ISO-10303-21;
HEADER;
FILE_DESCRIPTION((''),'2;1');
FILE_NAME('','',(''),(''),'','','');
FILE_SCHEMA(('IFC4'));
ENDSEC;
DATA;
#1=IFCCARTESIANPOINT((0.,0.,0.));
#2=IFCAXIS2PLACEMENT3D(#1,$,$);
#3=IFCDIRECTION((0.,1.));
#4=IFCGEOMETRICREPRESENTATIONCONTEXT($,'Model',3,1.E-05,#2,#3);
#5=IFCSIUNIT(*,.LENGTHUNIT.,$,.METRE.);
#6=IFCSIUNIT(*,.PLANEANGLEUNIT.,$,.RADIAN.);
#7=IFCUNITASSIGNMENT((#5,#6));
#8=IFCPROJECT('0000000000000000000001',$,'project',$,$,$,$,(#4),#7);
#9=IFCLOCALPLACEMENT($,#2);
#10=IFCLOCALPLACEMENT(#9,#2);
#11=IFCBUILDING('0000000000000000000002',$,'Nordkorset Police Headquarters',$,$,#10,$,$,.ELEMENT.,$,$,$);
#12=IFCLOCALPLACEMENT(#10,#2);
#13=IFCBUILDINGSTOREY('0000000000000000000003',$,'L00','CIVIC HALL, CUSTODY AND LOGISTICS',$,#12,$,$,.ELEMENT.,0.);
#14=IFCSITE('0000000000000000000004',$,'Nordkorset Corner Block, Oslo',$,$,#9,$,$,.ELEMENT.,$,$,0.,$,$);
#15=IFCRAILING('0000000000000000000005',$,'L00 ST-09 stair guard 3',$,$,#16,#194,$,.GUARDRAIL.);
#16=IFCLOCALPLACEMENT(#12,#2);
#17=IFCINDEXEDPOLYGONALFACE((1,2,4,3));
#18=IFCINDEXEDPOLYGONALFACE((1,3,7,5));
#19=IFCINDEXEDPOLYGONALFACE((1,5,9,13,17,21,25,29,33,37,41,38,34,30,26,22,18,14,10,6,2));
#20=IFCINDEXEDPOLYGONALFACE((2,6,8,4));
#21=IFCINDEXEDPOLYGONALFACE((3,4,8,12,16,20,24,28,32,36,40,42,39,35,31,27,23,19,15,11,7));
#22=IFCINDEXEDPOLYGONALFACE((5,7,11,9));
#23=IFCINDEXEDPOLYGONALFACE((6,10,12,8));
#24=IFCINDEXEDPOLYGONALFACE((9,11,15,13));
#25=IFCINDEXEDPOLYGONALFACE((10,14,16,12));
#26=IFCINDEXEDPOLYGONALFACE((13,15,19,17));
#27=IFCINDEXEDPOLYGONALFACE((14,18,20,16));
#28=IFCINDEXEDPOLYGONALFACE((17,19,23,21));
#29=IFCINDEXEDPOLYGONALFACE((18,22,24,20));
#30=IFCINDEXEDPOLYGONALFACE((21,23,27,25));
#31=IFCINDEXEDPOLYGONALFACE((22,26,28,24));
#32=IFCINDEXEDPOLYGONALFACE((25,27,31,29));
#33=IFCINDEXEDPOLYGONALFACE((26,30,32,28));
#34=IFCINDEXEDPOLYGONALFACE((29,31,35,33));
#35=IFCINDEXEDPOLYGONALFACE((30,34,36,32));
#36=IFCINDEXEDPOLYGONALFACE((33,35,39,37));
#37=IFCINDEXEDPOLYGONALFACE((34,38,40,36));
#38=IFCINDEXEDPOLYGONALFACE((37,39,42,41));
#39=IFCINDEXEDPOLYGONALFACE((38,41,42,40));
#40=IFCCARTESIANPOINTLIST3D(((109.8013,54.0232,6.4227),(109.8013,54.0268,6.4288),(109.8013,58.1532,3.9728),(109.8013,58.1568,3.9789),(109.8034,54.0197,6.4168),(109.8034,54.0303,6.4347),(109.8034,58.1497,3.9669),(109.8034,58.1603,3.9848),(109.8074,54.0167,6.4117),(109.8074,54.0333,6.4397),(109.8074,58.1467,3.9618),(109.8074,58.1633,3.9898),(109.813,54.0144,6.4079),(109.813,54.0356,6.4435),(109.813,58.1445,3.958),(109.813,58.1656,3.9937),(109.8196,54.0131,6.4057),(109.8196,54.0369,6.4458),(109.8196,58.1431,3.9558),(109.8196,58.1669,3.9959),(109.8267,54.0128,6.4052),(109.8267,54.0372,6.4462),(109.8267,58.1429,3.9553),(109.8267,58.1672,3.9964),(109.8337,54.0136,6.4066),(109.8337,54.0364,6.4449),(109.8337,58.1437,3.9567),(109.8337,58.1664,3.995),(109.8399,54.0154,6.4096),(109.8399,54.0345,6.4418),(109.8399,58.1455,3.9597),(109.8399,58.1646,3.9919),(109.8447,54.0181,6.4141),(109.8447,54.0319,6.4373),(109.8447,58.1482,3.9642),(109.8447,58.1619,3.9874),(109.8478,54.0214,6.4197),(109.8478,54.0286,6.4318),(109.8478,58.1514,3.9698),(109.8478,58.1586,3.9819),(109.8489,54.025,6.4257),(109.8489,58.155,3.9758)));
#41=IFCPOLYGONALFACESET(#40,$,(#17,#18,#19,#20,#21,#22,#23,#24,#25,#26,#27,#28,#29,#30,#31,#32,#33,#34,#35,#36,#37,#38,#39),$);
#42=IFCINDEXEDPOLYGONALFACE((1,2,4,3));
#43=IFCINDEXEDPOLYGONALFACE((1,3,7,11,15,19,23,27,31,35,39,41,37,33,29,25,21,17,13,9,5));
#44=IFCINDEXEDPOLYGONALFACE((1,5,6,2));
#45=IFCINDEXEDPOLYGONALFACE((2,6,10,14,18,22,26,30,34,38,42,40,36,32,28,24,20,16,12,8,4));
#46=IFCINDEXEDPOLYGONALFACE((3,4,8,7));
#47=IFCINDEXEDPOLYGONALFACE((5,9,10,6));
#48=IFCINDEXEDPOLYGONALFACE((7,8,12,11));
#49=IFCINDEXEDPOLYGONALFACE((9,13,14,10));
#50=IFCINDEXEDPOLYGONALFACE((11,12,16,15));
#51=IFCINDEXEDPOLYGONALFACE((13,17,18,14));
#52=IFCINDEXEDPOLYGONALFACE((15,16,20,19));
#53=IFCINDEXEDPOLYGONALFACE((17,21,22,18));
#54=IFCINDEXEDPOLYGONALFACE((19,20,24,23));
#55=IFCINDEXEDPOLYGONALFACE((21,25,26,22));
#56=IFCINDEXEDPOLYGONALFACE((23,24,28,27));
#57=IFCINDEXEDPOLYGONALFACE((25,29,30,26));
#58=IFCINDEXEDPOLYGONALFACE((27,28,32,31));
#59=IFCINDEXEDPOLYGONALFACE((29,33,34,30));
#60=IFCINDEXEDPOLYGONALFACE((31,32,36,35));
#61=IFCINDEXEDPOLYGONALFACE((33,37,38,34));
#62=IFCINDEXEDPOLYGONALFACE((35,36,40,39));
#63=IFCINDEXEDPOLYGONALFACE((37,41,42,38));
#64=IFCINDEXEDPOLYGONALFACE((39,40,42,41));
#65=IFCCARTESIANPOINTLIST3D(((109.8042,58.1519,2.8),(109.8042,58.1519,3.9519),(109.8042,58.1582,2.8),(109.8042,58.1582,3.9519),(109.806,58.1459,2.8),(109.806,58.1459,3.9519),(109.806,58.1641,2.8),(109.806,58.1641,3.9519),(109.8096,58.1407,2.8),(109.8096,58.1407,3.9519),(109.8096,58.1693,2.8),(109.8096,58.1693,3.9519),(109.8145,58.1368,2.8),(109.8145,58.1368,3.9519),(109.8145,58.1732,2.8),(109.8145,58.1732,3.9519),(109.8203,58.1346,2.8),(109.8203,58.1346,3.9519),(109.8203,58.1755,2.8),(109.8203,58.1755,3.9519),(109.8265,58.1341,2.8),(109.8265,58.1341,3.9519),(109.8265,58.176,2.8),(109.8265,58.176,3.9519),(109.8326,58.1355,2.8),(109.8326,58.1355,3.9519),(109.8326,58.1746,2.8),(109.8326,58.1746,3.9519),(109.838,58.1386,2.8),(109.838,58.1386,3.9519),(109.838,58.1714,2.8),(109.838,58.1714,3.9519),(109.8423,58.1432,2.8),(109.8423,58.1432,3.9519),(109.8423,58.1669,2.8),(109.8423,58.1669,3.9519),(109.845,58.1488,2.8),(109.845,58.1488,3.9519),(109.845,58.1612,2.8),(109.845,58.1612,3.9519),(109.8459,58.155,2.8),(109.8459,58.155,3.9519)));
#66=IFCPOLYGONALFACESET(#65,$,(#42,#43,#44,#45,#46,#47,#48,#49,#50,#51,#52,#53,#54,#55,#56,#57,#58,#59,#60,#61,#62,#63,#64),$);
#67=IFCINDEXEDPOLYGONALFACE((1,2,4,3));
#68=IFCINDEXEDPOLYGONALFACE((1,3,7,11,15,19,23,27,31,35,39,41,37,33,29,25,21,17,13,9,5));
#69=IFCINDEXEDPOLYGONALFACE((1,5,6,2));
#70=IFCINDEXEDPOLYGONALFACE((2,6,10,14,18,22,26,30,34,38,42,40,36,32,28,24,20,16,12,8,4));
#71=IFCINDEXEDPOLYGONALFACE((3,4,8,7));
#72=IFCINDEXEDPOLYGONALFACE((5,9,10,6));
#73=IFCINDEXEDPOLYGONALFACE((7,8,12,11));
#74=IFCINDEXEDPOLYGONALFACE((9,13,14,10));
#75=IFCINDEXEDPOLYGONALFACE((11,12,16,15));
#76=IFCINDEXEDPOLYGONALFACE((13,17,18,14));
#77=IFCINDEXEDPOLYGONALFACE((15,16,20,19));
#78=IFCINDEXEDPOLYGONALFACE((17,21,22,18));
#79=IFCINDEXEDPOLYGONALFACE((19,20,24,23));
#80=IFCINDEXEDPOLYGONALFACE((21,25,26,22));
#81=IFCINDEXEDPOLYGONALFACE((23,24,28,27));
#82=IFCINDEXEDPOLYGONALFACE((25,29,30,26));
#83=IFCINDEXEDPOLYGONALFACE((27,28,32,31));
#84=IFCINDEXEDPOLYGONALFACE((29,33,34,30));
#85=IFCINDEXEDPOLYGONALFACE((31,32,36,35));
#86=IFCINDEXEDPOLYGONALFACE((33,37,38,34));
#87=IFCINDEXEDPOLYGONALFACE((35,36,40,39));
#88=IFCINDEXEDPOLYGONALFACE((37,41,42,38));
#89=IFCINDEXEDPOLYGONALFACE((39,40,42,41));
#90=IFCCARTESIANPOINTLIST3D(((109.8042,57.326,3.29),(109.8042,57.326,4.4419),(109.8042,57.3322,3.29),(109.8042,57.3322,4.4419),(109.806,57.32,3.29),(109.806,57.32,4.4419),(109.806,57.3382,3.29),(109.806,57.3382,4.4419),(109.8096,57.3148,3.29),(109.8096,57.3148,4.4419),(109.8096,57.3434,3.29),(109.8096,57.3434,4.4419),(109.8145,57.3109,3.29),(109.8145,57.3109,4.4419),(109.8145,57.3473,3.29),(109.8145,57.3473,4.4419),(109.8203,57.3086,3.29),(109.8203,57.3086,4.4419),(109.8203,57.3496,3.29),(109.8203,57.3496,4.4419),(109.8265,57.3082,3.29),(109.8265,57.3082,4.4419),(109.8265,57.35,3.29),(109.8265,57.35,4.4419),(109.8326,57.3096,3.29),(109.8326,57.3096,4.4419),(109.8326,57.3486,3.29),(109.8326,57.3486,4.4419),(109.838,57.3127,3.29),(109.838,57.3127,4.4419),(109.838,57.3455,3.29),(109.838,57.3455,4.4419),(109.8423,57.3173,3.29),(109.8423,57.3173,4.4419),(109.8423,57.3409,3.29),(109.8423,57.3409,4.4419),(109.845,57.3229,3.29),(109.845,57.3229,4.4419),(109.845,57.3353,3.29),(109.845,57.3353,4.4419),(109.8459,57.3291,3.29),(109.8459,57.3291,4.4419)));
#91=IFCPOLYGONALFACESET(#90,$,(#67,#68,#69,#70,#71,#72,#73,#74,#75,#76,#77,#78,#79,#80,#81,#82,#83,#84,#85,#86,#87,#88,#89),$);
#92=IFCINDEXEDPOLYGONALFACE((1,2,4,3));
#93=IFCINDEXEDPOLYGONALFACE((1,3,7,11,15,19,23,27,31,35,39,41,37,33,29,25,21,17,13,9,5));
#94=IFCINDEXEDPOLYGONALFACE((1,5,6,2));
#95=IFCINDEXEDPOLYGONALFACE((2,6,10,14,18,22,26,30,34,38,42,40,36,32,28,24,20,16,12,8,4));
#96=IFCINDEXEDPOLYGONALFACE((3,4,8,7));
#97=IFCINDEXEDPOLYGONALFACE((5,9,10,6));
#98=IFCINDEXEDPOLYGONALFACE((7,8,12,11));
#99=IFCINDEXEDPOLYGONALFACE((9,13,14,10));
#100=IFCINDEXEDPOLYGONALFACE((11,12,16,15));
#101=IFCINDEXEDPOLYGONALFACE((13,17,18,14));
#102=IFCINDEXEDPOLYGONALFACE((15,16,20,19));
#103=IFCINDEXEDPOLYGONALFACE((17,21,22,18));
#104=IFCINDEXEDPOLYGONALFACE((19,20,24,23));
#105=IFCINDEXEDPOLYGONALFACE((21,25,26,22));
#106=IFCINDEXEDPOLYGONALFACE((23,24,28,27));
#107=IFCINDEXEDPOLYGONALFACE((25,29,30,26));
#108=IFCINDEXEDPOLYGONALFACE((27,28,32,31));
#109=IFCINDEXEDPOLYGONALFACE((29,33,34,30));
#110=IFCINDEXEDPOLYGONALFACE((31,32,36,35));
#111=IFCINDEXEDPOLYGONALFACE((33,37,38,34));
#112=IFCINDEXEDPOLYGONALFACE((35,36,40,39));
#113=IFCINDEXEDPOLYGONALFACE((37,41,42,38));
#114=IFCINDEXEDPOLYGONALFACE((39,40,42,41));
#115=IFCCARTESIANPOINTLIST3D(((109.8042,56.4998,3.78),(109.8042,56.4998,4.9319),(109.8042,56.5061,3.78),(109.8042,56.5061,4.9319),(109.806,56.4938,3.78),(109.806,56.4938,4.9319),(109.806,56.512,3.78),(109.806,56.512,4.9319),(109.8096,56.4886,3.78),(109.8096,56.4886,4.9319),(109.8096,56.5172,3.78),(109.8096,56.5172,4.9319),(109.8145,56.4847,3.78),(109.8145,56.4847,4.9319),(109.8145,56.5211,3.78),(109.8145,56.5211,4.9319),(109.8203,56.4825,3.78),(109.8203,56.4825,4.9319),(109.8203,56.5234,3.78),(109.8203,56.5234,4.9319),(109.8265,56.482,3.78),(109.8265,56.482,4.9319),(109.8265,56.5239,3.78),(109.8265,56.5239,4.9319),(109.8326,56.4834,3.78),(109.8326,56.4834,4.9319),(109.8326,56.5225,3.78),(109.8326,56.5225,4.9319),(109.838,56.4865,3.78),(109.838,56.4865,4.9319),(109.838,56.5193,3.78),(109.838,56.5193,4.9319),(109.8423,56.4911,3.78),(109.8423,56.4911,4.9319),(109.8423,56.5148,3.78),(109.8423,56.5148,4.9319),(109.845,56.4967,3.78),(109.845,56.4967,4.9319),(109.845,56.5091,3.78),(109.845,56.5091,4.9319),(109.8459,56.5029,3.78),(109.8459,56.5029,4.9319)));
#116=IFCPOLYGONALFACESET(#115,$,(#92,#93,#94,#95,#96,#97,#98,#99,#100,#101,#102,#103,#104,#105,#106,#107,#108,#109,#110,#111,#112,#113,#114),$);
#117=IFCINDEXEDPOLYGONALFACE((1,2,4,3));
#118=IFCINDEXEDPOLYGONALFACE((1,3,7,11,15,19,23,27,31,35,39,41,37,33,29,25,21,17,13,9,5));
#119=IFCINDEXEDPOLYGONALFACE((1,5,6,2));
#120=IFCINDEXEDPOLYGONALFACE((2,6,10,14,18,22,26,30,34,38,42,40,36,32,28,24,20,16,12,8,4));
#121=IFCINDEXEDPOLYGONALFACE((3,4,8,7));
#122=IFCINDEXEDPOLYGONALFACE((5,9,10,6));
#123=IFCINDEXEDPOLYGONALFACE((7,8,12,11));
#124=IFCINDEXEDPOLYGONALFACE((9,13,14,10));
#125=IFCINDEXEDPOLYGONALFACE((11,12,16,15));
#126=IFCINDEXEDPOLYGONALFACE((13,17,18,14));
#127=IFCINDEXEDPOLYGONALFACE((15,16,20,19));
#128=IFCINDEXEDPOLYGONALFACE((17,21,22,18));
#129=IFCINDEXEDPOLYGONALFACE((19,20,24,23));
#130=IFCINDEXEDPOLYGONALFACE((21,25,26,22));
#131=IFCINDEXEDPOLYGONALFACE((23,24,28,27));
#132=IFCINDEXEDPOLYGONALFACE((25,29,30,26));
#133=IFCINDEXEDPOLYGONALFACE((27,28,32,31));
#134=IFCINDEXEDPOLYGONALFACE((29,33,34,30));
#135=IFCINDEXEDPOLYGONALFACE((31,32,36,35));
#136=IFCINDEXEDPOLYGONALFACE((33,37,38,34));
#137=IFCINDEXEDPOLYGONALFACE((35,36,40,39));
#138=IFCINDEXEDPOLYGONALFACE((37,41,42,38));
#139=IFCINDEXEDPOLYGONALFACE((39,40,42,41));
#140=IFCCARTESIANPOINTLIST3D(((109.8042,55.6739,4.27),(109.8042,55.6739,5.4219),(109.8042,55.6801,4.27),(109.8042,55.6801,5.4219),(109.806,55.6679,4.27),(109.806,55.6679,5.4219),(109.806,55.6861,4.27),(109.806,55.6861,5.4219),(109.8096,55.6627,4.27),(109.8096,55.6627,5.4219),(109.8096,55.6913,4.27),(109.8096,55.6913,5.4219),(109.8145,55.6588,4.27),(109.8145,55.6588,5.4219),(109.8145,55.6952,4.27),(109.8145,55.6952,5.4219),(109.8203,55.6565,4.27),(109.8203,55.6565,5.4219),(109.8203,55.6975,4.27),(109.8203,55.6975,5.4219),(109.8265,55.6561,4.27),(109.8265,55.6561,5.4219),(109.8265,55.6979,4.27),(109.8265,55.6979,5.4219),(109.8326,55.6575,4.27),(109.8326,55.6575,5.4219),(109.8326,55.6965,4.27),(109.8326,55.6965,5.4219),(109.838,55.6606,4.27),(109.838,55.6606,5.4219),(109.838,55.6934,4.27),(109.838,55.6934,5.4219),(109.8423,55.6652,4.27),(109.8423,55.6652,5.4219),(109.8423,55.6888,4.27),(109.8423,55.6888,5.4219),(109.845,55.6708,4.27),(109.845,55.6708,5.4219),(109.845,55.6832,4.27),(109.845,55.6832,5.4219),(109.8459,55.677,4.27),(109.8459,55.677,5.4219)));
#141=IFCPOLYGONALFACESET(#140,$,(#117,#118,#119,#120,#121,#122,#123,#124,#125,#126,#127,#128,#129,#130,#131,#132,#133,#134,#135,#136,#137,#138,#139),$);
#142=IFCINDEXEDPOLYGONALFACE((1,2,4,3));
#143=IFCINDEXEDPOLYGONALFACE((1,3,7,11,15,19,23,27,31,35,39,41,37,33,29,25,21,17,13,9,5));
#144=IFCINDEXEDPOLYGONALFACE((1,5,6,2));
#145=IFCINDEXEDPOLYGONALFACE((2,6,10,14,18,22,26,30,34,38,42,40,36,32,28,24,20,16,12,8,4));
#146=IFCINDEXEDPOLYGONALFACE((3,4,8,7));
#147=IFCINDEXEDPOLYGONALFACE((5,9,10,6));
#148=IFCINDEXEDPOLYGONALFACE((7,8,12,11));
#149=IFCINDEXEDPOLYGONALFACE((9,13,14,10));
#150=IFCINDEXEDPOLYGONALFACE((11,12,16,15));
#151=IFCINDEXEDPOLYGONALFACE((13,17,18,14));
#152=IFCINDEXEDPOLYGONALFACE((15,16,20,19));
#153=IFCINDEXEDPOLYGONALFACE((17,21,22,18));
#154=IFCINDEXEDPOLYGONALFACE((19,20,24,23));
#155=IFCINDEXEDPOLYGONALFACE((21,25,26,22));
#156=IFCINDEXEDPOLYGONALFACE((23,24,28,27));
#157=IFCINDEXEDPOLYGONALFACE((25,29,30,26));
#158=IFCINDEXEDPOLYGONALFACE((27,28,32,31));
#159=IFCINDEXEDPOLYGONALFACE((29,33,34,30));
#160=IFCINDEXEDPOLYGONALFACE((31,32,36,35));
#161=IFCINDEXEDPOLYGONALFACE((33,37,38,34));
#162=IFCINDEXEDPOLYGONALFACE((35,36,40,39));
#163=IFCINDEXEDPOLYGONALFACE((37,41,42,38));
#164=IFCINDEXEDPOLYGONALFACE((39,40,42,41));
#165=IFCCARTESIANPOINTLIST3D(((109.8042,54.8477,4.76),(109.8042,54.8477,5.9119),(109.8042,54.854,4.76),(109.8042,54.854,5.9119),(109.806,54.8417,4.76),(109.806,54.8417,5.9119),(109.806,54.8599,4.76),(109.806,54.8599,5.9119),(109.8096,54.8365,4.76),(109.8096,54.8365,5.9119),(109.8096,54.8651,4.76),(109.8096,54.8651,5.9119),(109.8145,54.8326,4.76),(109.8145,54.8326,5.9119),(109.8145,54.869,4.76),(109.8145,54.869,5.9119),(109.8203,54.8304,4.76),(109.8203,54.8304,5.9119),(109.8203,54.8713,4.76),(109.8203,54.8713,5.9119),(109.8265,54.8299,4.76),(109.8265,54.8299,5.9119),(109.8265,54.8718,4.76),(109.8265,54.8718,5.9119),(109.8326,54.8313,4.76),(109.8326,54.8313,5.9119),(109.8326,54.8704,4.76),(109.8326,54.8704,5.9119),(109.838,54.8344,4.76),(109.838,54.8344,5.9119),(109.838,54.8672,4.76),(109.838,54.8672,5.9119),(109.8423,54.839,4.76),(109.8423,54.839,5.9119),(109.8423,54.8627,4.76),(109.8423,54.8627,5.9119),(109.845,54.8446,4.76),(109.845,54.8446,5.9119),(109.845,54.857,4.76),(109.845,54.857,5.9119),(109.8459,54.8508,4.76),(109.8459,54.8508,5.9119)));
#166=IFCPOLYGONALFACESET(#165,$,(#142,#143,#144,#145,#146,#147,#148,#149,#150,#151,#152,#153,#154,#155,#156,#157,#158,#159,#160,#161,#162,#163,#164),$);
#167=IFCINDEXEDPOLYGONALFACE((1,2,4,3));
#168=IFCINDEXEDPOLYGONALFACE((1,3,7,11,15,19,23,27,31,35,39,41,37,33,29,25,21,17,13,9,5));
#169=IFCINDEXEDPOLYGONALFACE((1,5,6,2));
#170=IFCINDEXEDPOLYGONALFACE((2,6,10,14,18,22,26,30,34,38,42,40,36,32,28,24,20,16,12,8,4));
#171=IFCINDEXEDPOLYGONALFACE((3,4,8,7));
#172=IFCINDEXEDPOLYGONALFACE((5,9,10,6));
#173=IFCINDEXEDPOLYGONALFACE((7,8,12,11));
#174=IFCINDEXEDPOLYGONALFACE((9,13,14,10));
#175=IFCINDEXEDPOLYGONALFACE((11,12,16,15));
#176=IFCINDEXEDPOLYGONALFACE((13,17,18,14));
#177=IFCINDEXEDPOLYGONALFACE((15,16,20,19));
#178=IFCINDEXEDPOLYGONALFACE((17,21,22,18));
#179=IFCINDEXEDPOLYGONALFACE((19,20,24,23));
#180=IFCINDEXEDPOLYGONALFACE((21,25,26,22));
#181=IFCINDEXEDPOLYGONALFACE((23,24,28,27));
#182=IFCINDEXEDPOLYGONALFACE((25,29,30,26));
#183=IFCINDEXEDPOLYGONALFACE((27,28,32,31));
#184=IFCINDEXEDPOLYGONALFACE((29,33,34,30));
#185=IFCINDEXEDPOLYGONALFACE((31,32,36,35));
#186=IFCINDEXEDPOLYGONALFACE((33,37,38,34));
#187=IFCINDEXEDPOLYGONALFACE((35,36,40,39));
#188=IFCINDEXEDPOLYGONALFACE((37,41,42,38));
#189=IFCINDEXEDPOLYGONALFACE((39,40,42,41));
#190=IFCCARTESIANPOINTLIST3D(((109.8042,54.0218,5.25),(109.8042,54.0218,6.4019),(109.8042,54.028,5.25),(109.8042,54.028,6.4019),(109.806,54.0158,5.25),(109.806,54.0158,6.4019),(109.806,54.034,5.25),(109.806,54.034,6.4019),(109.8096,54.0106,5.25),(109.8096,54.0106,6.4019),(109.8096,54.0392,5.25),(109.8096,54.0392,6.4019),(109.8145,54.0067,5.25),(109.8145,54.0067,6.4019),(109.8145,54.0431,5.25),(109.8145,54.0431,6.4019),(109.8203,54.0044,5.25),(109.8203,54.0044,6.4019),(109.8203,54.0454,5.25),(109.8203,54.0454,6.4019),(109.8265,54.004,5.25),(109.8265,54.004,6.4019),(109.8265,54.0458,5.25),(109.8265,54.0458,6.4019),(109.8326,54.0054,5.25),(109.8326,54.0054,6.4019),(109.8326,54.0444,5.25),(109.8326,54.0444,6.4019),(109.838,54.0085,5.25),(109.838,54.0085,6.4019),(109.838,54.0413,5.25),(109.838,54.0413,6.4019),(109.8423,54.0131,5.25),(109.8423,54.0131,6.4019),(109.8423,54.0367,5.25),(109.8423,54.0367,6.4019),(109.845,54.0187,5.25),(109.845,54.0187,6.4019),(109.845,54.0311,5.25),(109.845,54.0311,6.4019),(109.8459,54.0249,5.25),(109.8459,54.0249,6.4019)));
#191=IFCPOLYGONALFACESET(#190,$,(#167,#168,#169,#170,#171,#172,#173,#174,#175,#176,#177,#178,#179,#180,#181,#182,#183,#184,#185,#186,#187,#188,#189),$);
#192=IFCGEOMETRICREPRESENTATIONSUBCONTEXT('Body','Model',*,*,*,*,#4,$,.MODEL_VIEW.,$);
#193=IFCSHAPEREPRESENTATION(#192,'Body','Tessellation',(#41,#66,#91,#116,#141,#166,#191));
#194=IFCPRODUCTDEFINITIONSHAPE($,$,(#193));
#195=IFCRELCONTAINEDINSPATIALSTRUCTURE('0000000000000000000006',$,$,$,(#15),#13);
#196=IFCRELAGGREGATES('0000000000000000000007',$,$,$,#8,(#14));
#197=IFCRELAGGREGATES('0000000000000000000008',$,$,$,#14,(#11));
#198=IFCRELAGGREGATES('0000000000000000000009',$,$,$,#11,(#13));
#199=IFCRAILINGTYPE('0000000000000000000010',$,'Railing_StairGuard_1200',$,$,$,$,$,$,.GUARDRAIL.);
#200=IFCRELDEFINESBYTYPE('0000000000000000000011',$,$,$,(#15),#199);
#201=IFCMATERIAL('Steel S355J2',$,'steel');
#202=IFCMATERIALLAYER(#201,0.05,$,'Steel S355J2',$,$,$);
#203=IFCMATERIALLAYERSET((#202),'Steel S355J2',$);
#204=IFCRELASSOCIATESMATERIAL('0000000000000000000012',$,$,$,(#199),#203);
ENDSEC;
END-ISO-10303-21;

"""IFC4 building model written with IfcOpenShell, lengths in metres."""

from ifc_helpers import new_model, si_unit, direction, frame, origin, origin_2d, place, context, subcontext, project, spatial, circle, extrude, material, layer, layer_set, type_object, element, save


model = new_model("IFC4")

# Units and contexts
model_context = context("Model", 3, precision=1e-05, world=origin(), true_north=direction((0.0, 1.0)))
body_context = subcontext(model_context, "Body", "Model", "MODEL_VIEW")
ifc_project = project(units=[si_unit("LENGTHUNIT", "METRE"), si_unit("PLANEANGLEUNIT", "RADIAN")], contexts=[model_context])

# Site, building, storey
site_placement = place(None, origin())
site = spatial("IfcSite", under=ifc_project, at=site_placement, Name="Nordkorset Corner Block, Oslo", CompositionType="ELEMENT", RefElevation=0.0)
building_placement = place(site_placement, origin())
building = spatial("IfcBuilding", under=site, at=building_placement, Name="Nordkorset Police Headquarters", CompositionType="ELEMENT")
storey_placement = place(building_placement, origin())
storey = spatial("IfcBuildingStorey", under=building, at=storey_placement, Name="L00", Description="CIVIC HALL, CUSTODY AND LOGISTICS", CompositionType="ELEMENT", Elevation=0.0)

# Railing
ifc_material_1 = material(Name="Steel S355J2", Category="steel")
ifc_layer_1 = layer(ifc_material_1, 0.05, Name="Steel S355J2")
ifc_layer_set_1 = layer_set([ifc_layer_1], Name="Steel S355J2")
railing_type_1 = type_object("IfcRailingType", Name="Railing_StairGuard_1200", PredefinedType="GUARDRAIL", material=ifc_layer_set_1)
railing_1_placement = place(storey_placement, frame((109.825, 58.155, 2.8)))
element("IfcRailing", 1, at=railing_1_placement, inside=storey, type_object=railing_type_1, Name="L00 ST-09 stair guard 3", PredefinedType="GUARDRAIL", context=body_context, shape_type="SweptSolid", body=[
    extrude(circle(Radius=0.0239, at=origin_2d()), frame((0.0, 0.0, 1.1758), z_axis=(0.0, -0.860066, 0.510183), x_axis=(1.0, 0.0, 0.0)), (0.0, 0.0, 1.0), 4.802),
    extrude(circle(Radius=0.021, at=origin_2d()), origin(), (0.0, 0.0, 1.0), 1.1519),
    extrude(circle(Radius=0.021, at=origin_2d()), frame((0.0, -0.8259, 0.49)), (0.0, 0.0, 1.0), 1.1519),
    extrude(circle(Radius=0.021, at=origin_2d()), frame((0.0, -1.6521, 0.98)), (0.0, 0.0, 1.0), 1.1519),
    extrude(circle(Radius=0.021, at=origin_2d()), frame((0.0, -2.478, 1.47)), (0.0, 0.0, 1.0), 1.1519),
    extrude(circle(Radius=0.021, at=origin_2d()), frame((0.0, -3.3042, 1.96)), (0.0, 0.0, 1.0), 1.1519),
    extrude(circle(Radius=0.021, at=origin_2d()), frame((0.0, -4.1301, 2.45)), (0.0, 0.0, 1.0), 1.1519),
])

save(model, "model.ifc")
